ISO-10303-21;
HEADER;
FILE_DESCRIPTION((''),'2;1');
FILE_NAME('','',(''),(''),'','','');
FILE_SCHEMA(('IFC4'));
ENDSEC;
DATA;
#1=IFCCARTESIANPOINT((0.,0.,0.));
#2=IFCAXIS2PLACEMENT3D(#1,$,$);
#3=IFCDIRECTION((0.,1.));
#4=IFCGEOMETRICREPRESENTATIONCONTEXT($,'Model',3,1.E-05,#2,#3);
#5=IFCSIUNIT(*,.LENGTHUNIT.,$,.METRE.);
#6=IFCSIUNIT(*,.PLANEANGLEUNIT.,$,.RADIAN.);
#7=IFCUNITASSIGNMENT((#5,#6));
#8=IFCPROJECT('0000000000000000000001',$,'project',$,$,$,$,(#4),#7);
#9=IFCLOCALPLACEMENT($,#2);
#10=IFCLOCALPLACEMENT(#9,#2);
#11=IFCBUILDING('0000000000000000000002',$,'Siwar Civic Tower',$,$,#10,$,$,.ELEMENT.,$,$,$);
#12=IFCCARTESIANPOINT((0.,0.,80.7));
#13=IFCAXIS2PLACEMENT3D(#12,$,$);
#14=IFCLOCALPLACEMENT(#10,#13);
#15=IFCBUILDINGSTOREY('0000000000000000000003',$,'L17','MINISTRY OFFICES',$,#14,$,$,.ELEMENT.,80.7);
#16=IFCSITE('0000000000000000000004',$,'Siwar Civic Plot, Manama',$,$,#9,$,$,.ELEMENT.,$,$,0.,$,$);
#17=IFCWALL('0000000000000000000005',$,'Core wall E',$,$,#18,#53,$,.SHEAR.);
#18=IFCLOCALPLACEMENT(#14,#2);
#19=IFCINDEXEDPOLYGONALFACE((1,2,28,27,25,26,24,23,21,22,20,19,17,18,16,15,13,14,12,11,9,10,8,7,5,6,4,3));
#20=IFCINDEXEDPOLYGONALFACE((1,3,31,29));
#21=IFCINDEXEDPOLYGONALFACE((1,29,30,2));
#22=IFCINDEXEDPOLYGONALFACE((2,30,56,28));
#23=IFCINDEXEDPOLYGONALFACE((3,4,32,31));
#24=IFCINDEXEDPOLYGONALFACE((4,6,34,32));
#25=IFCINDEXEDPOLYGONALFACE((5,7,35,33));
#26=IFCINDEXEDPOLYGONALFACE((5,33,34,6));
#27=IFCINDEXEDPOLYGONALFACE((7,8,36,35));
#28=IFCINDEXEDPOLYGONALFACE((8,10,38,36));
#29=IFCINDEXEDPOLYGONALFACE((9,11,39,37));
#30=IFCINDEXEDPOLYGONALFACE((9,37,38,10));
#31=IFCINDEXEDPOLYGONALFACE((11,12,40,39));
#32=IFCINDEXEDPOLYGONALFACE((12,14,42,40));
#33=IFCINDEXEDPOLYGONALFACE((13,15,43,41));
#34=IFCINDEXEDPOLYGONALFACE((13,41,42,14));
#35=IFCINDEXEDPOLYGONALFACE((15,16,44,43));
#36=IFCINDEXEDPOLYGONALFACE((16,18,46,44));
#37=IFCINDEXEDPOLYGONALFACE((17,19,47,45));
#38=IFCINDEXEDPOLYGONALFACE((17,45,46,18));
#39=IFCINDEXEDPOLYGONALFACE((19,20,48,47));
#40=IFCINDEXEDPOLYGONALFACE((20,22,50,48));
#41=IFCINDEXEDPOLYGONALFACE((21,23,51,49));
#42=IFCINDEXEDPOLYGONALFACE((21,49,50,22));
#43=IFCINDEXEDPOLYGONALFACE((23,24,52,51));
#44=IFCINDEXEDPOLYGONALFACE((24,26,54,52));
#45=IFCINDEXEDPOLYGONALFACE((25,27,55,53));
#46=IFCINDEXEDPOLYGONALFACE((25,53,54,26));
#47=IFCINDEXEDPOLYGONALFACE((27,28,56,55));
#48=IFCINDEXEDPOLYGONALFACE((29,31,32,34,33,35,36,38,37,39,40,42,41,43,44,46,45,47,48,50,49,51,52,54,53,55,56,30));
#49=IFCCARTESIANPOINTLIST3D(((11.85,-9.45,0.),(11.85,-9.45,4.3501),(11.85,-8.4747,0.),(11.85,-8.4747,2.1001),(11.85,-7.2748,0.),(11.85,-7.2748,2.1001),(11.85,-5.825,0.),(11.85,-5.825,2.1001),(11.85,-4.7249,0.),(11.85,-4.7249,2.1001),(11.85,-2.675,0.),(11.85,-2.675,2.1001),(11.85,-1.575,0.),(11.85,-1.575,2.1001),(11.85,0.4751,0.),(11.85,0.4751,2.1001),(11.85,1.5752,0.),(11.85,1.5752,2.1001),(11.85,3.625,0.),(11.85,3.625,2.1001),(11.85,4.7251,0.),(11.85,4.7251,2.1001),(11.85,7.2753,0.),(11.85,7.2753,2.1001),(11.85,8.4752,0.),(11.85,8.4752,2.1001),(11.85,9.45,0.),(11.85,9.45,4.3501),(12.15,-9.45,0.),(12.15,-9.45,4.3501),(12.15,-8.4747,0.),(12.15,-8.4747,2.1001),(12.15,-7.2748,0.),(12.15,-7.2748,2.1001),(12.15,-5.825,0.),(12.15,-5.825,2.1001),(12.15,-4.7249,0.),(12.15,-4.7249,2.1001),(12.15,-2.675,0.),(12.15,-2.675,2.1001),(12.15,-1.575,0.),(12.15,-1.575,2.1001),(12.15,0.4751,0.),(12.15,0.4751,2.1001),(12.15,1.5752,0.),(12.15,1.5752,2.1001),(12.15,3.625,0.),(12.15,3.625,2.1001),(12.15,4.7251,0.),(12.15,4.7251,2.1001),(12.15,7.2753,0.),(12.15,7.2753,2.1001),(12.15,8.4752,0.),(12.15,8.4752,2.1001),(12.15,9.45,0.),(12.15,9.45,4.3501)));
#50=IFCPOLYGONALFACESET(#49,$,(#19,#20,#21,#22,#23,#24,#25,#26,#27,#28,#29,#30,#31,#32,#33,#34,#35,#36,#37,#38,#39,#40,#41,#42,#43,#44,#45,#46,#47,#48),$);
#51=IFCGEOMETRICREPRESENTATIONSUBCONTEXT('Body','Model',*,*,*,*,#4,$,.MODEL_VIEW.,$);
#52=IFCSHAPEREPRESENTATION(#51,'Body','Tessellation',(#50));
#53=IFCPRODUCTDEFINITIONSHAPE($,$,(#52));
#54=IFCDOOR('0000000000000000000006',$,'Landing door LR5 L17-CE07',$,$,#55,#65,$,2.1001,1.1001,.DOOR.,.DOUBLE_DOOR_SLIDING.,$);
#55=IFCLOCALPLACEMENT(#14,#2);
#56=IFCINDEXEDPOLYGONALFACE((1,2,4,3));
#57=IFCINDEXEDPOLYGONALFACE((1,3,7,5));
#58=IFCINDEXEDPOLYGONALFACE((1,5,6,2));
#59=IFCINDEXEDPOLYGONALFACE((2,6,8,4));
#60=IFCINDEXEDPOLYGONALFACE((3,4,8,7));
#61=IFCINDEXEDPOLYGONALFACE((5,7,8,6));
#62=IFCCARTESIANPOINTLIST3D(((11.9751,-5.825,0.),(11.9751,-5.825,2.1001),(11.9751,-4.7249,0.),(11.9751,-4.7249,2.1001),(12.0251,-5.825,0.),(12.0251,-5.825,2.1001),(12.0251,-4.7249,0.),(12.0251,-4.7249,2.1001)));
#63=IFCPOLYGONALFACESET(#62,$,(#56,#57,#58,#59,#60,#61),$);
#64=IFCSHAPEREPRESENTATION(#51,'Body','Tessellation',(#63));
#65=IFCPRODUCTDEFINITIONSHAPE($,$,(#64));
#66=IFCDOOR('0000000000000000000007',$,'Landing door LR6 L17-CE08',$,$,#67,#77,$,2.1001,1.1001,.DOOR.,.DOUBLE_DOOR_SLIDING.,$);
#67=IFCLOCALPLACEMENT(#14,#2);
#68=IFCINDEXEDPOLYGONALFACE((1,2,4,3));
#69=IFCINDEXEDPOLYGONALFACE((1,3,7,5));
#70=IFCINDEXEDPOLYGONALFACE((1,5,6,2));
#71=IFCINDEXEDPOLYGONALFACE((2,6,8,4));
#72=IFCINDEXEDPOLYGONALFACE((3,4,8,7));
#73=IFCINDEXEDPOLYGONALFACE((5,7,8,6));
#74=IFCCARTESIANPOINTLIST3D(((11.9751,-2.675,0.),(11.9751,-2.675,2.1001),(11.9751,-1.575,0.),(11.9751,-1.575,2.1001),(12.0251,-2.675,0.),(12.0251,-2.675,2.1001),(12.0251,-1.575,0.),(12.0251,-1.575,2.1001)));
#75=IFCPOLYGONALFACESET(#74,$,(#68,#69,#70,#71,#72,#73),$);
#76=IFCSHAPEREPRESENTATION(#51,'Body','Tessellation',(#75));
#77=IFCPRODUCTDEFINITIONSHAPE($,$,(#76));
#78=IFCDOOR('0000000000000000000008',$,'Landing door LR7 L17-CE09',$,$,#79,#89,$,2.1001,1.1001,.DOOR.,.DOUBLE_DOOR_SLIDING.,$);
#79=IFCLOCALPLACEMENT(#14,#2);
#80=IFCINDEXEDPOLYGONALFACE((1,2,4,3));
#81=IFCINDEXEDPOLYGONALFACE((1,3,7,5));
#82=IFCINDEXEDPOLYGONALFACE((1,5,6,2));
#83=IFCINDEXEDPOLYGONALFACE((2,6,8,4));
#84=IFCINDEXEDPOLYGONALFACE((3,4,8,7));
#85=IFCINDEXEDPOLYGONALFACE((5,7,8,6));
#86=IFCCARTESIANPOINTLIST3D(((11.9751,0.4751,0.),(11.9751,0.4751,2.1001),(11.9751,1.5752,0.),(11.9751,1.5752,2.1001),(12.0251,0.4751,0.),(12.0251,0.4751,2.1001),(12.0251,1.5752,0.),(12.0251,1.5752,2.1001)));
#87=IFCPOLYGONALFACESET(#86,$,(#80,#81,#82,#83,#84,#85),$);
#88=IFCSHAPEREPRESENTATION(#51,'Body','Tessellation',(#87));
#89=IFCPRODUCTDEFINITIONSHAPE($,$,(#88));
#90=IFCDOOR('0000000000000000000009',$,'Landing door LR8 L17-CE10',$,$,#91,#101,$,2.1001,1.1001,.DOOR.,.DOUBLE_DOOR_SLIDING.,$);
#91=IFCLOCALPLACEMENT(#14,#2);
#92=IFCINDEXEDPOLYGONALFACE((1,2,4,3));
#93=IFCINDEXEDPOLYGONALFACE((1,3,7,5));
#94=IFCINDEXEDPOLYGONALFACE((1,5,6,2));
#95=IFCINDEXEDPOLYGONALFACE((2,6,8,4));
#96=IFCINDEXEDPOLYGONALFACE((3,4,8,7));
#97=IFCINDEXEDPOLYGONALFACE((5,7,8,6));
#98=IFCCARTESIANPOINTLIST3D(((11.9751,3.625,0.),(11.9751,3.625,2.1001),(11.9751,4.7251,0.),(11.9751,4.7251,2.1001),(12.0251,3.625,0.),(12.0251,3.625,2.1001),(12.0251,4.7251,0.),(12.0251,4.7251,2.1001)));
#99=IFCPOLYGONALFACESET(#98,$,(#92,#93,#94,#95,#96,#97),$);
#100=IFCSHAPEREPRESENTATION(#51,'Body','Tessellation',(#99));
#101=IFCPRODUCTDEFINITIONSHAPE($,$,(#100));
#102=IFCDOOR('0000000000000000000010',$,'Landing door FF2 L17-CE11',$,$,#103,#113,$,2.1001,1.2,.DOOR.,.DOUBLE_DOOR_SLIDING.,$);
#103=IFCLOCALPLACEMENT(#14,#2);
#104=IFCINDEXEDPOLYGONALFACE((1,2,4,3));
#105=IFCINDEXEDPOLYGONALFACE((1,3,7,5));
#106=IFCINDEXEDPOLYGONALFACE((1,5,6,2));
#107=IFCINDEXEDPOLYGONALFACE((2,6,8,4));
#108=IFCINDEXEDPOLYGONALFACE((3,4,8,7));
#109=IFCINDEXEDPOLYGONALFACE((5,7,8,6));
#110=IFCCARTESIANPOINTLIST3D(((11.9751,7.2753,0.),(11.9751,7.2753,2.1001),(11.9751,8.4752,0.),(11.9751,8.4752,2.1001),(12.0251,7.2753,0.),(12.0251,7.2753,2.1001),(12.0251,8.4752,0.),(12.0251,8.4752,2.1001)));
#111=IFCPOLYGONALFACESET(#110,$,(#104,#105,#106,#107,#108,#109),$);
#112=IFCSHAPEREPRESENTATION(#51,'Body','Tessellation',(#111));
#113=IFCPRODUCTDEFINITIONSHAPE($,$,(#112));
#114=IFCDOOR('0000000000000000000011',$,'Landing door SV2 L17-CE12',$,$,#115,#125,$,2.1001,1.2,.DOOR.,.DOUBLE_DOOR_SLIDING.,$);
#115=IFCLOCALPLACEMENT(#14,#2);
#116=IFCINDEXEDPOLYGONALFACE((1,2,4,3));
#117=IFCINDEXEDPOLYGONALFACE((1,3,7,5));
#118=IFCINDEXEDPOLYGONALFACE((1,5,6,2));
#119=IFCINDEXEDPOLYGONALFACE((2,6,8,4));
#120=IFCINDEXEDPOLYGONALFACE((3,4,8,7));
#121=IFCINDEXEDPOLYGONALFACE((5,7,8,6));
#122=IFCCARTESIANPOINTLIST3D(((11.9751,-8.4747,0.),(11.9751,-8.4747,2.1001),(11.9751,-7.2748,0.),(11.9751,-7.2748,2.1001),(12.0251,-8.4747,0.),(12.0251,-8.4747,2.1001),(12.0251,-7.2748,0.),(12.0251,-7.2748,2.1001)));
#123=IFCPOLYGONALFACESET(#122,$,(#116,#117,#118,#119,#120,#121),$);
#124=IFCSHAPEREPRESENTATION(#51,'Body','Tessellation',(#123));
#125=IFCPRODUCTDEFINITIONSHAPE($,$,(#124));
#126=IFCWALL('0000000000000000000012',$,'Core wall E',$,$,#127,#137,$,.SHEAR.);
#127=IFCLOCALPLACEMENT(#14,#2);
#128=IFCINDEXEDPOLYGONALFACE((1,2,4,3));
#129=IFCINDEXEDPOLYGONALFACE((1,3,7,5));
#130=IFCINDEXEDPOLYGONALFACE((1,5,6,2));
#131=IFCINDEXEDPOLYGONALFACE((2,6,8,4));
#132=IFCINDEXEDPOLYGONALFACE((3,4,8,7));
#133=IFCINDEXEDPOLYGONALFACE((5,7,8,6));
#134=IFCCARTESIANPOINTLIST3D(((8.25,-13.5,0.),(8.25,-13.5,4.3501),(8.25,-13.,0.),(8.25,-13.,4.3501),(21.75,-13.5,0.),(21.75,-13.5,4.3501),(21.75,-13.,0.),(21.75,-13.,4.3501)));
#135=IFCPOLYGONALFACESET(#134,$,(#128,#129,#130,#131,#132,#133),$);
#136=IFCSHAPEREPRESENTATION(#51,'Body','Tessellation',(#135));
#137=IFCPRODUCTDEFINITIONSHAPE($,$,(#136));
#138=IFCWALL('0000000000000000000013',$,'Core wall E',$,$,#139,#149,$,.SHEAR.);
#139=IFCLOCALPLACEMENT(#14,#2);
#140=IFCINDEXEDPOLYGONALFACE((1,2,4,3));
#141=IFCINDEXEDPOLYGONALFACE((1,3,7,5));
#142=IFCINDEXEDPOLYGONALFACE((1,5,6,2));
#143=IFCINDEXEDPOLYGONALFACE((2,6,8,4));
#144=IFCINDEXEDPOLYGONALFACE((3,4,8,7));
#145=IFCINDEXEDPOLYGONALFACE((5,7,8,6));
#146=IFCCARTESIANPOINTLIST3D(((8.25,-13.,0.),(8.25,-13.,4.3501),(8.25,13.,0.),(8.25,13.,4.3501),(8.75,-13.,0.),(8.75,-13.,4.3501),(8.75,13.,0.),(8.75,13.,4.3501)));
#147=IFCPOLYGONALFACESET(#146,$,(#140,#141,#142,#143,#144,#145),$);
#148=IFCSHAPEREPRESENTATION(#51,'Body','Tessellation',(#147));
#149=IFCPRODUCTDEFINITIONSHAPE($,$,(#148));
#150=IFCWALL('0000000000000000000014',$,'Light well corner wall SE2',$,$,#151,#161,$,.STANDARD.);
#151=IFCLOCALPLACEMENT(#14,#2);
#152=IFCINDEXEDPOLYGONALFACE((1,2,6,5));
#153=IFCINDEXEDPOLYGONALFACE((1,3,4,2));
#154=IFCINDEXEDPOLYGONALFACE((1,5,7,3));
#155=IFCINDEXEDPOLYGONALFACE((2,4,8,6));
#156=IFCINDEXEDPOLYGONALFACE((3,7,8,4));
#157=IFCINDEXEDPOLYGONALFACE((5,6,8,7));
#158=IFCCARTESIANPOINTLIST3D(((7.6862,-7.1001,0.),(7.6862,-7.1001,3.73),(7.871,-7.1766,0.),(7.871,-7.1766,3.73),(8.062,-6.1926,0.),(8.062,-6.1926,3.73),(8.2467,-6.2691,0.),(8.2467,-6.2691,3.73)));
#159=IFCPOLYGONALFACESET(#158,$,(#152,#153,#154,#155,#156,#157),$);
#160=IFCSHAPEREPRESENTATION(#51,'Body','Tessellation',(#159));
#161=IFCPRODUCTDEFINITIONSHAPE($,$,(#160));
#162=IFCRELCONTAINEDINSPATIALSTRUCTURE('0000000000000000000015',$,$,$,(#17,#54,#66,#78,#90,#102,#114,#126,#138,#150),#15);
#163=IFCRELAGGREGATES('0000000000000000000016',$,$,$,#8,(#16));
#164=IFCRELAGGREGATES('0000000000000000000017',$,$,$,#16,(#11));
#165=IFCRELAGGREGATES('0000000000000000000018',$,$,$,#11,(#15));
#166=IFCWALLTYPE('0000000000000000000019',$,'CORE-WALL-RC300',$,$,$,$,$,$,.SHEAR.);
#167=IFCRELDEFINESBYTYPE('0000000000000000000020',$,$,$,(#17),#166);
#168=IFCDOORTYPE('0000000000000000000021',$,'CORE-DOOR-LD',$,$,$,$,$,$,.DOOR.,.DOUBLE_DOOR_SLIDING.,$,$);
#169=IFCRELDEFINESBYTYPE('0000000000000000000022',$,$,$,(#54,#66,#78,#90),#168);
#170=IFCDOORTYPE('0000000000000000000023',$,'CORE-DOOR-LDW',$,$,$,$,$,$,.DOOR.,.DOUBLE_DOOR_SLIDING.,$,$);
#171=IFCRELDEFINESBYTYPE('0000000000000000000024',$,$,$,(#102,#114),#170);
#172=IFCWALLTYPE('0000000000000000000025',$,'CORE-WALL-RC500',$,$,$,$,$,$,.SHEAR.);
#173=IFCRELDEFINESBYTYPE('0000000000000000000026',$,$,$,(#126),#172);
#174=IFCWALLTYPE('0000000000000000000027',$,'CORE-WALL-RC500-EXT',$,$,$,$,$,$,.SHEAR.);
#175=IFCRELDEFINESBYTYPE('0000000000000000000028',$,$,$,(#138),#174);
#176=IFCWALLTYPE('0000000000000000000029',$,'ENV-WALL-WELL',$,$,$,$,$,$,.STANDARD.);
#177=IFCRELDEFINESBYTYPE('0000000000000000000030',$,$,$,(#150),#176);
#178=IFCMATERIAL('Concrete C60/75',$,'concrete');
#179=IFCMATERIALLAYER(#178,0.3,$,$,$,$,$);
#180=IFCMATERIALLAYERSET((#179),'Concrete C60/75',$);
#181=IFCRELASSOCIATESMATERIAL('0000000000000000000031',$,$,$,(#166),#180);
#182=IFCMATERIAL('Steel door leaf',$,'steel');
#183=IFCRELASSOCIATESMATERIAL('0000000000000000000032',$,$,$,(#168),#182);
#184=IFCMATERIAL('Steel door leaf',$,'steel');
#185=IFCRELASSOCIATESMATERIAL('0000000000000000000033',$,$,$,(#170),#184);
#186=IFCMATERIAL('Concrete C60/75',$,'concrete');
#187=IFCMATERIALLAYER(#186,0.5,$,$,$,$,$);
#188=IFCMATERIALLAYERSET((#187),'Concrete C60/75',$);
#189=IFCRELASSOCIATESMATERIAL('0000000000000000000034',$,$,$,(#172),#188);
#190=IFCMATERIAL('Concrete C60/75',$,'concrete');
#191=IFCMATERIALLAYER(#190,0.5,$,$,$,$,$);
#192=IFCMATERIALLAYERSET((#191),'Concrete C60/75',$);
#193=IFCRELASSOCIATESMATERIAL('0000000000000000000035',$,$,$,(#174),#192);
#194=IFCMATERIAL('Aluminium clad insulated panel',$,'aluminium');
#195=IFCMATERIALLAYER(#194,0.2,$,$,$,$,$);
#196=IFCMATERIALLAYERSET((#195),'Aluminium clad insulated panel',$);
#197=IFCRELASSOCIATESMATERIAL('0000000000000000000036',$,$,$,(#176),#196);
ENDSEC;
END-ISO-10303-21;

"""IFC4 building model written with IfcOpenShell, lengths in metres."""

from ifc_helpers import new_model, si_unit, direction, frame, frame_2d, origin, place, context, subcontext, project, spatial, rectangle, extrude, material, layer, layer_set, type_object, element, fill, save


model = new_model("IFC4")

# Units and contexts
model_context = context("Model", 3, precision=1e-05, world=origin(), true_north=direction((0.0, 1.0)))
body_context = subcontext(model_context, "Body", "Model", "MODEL_VIEW")
ifc_project = project(units=[si_unit("LENGTHUNIT", "METRE"), si_unit("PLANEANGLEUNIT", "RADIAN")], contexts=[model_context])

# Site, building, storey
site_placement = place(None, origin())
site = spatial("IfcSite", under=ifc_project, at=site_placement, Name="Siwar Civic Plot, Manama", CompositionType="ELEMENT", RefElevation=0.0)
building_placement = place(site_placement, origin())
building = spatial("IfcBuilding", under=site, at=building_placement, Name="Siwar Civic Tower", CompositionType="ELEMENT")
storey_placement = place(building_placement, frame((0.0, 0.0, 80.7)))
storey = spatial("IfcBuildingStorey", under=building, at=storey_placement, Name="L17", Description="MINISTRY OFFICES", CompositionType="ELEMENT", Elevation=80.7)

# Wall, openings, doors
ifc_material_1 = material(Name="Concrete C60/75", Category="concrete")
ifc_layer_1 = layer(ifc_material_1, 0.3)
ifc_layer_set_1 = layer_set([ifc_layer_1], Name="Concrete C60/75")
wall_type_1 = type_object("IfcWallType", Name="CORE-WALL-RC300", PredefinedType="SHEAR", material=ifc_layer_set_1)
wall_1_placement = place(storey_placement, frame((12.0, -9.45, 0.0), z_axis=(0.0, 0.0, 1.0), x_axis=(0.0, 1.0, 0.0)))
wall_1 = element("IfcWall", 1, at=wall_1_placement, inside=storey, type_object=wall_type_1, Name="Core wall E", PredefinedType="SHEAR", context=body_context, shape_type="SweptSolid", body=[
    extrude(rectangle(XDim=18.8999, YDim=0.3, at=frame_2d((9.45, 0.0))), origin(), (0.0, 0.0, 1.0), 4.3501),
])
opening_1_placement = place(wall_1_placement, frame((3.625, 0.0, 0.0)))
opening_1 = element("IfcOpeningElement", 2, at=opening_1_placement, cuts=wall_1, PredefinedType="OPENING", context=body_context, shape_type="SweptSolid", body=[
    extrude(rectangle(XDim=1.1001, YDim=2.1001, at=frame_2d((0.55, 1.05))), frame((0.0, 0.1602, 0.0), z_axis=(0.0, -1.0, 0.0), x_axis=(1.0, 0.0, 0.0)), (0.0, 0.0, 1.0), 0.3201),
])
opening_2_placement = place(wall_1_placement, frame((6.7749, 0.0, 0.0)))
opening_2 = element("IfcOpeningElement", 3, at=opening_2_placement, cuts=wall_1, PredefinedType="OPENING", context=body_context, shape_type="SweptSolid", body=[
    extrude(rectangle(XDim=1.1001, YDim=2.1001, at=frame_2d((0.55, 1.05))), frame((0.0, 0.1602, 0.0), z_axis=(0.0, -1.0, 0.0), x_axis=(1.0, 0.0, 0.0)), (0.0, 0.0, 1.0), 0.3201),
])
opening_3_placement = place(wall_1_placement, frame((9.925, 0.0, 0.0)))
opening_3 = element("IfcOpeningElement", 4, at=opening_3_placement, cuts=wall_1, PredefinedType="OPENING", context=body_context, shape_type="SweptSolid", body=[
    extrude(rectangle(XDim=1.1001, YDim=2.1001, at=frame_2d((0.55, 1.05))), frame((0.0, 0.1602, 0.0), z_axis=(0.0, -1.0, 0.0), x_axis=(1.0, 0.0, 0.0)), (0.0, 0.0, 1.0), 0.3201),
])
opening_4_placement = place(wall_1_placement, frame((13.075, 0.0, 0.0)))
opening_4 = element("IfcOpeningElement", 5, at=opening_4_placement, cuts=wall_1, PredefinedType="OPENING", context=body_context, shape_type="SweptSolid", body=[
    extrude(rectangle(XDim=1.1001, YDim=2.1001, at=frame_2d((0.55, 1.05))), frame((0.0, 0.1602, 0.0), z_axis=(0.0, -1.0, 0.0), x_axis=(1.0, 0.0, 0.0)), (0.0, 0.0, 1.0), 0.3201),
])
opening_5_placement = place(wall_1_placement, frame((16.7251, 0.0, 0.0)))
opening_5 = element("IfcOpeningElement", 6, at=opening_5_placement, cuts=wall_1, PredefinedType="OPENING", context=body_context, shape_type="SweptSolid", body=[
    extrude(rectangle(XDim=1.2, YDim=2.1001, at=frame_2d((0.6001, 1.05))), frame((0.0, 0.1602, 0.0), z_axis=(0.0, -1.0, 0.0), x_axis=(1.0, 0.0, 0.0)), (0.0, 0.0, 1.0), 0.3201),
])
opening_6_placement = place(wall_1_placement, frame((0.9751, 0.0, 0.0)))
opening_6 = element("IfcOpeningElement", 7, at=opening_6_placement, cuts=wall_1, PredefinedType="OPENING", context=body_context, shape_type="SweptSolid", body=[
    extrude(rectangle(XDim=1.2, YDim=2.1001, at=frame_2d((0.6001, 1.05))), frame((0.0, 0.1602, 0.0), z_axis=(0.0, -1.0, 0.0), x_axis=(1.0, 0.0, 0.0)), (0.0, 0.0, 1.0), 0.3201),
])
ifc_material_2 = material(Name="Steel door leaf", Category="steel")
door_type_1 = type_object("IfcDoorType", Name="CORE-DOOR-LD", OperationType="DOUBLE_DOOR_SLIDING", PredefinedType="DOOR", material=ifc_material_2)
door_1_placement = place(opening_1_placement, origin())
door_1 = element("IfcDoor", 8, at=door_1_placement, inside=storey, type_object=door_type_1, Name="Landing door LR5 L17-CE07", OperationType="DOUBLE_DOOR_SLIDING", OverallHeight=2.1001, OverallWidth=1.1001, PredefinedType="DOOR", context=body_context, shape_type="SweptSolid", body=[
    extrude(rectangle(XDim=1.1001, YDim=2.1001, at=frame_2d((0.55, 1.05))), frame((0.0, 0.0249, 0.0), z_axis=(0.0, -1.0, 0.0), x_axis=(1.0, 0.0, 0.0)), (0.0, 0.0, 1.0), 0.05),
])
fill(opening_1, door_1)
door_2_placement = place(opening_2_placement, origin())
door_2 = element("IfcDoor", 9, at=door_2_placement, inside=storey, type_object=door_type_1, Name="Landing door LR6 L17-CE08", OperationType="DOUBLE_DOOR_SLIDING", OverallHeight=2.1001, OverallWidth=1.1001, PredefinedType="DOOR", context=body_context, shape_type="SweptSolid", body=[
    extrude(rectangle(XDim=1.1001, YDim=2.1001, at=frame_2d((0.55, 1.05))), frame((0.0, 0.0249, 0.0), z_axis=(0.0, -1.0, 0.0), x_axis=(1.0, 0.0, 0.0)), (0.0, 0.0, 1.0), 0.05),
])
fill(opening_2, door_2)
door_3_placement = place(opening_3_placement, origin())
door_3 = element("IfcDoor", 10, at=door_3_placement, inside=storey, type_object=door_type_1, Name="Landing door LR7 L17-CE09", OperationType="DOUBLE_DOOR_SLIDING", OverallHeight=2.1001, OverallWidth=1.1001, PredefinedType="DOOR", context=body_context, shape_type="SweptSolid", body=[
    extrude(rectangle(XDim=1.1001, YDim=2.1001, at=frame_2d((0.55, 1.05))), frame((0.0, 0.0249, 0.0), z_axis=(0.0, -1.0, 0.0), x_axis=(1.0, 0.0, 0.0)), (0.0, 0.0, 1.0), 0.05),
])
fill(opening_3, door_3)
door_4_placement = place(opening_4_placement, origin())
door_4 = element("IfcDoor", 11, at=door_4_placement, inside=storey, type_object=door_type_1, Name="Landing door LR8 L17-CE10", OperationType="DOUBLE_DOOR_SLIDING", OverallHeight=2.1001, OverallWidth=1.1001, PredefinedType="DOOR", context=body_context, shape_type="SweptSolid", body=[
    extrude(rectangle(XDim=1.1001, YDim=2.1001, at=frame_2d((0.55, 1.05))), frame((0.0, 0.0249, 0.0), z_axis=(0.0, -1.0, 0.0), x_axis=(1.0, 0.0, 0.0)), (0.0, 0.0, 1.0), 0.05),
])
fill(opening_4, door_4)
ifc_material_3 = material(Name="Steel door leaf", Category="steel")
door_type_2 = type_object("IfcDoorType", Name="CORE-DOOR-LDW", OperationType="DOUBLE_DOOR_SLIDING", PredefinedType="DOOR", material=ifc_material_3)
door_5_placement = place(opening_5_placement, origin())
door_5 = element("IfcDoor", 12, at=door_5_placement, inside=storey, type_object=door_type_2, Name="Landing door FF2 L17-CE11", OperationType="DOUBLE_DOOR_SLIDING", OverallHeight=2.1001, OverallWidth=1.2, PredefinedType="DOOR", context=body_context, shape_type="SweptSolid", body=[
    extrude(rectangle(XDim=1.2, YDim=2.1001, at=frame_2d((0.6001, 1.05))), frame((0.0, 0.0249, 0.0), z_axis=(0.0, -1.0, 0.0), x_axis=(1.0, 0.0, 0.0)), (0.0, 0.0, 1.0), 0.05),
])
fill(opening_5, door_5)
door_6_placement = place(opening_6_placement, origin())
door_6 = element("IfcDoor", 13, at=door_6_placement, inside=storey, type_object=door_type_2, Name="Landing door SV2 L17-CE12", OperationType="DOUBLE_DOOR_SLIDING", OverallHeight=2.1001, OverallWidth=1.2, PredefinedType="DOOR", context=body_context, shape_type="SweptSolid", body=[
    extrude(rectangle(XDim=1.2, YDim=2.1001, at=frame_2d((0.6001, 1.05))), frame((0.0, 0.0249, 0.0), z_axis=(0.0, -1.0, 0.0), x_axis=(1.0, 0.0, 0.0)), (0.0, 0.0, 1.0), 0.05),
])
fill(opening_6, door_6)

# Walls
ifc_material_4 = material(Name="Concrete C60/75", Category="concrete")
ifc_layer_2 = layer(ifc_material_4, 0.5)
ifc_layer_set_2 = layer_set([ifc_layer_2], Name="Concrete C60/75")
wall_type_2 = type_object("IfcWallType", Name="CORE-WALL-RC500", PredefinedType="SHEAR", material=ifc_layer_set_2)
wall_2_placement = place(storey_placement, frame((8.25, -13.25, 0.0), z_axis=(0.0, 0.0, 1.0), x_axis=(1.0, 0.0, 0.0)))
element("IfcWall", 14, at=wall_2_placement, inside=storey, type_object=wall_type_2, Name="Core wall E", PredefinedType="SHEAR", context=body_context, shape_type="SweptSolid", body=[
    extrude(rectangle(XDim=13.5, YDim=0.5, at=frame_2d((6.75, 0.0))), origin(), (0.0, 0.0, 1.0), 4.3501),
])
ifc_material_5 = material(Name="Concrete C60/75", Category="concrete")
ifc_layer_3 = layer(ifc_material_5, 0.5)
ifc_layer_set_3 = layer_set([ifc_layer_3], Name="Concrete C60/75")
wall_type_3 = type_object("IfcWallType", Name="CORE-WALL-RC500-EXT", PredefinedType="SHEAR", material=ifc_layer_set_3)
wall_3_placement = place(storey_placement, frame((8.5, -13.0, 0.0), z_axis=(0.0, 0.0, 1.0), x_axis=(0.0, 1.0, 0.0)))
element("IfcWall", 15, at=wall_3_placement, inside=storey, type_object=wall_type_3, Name="Core wall E", PredefinedType="SHEAR", context=body_context, shape_type="SweptSolid", body=[
    extrude(rectangle(XDim=26.0, YDim=0.5, at=frame_2d((13.0, 0.0))), origin(), (0.0, 0.0, 1.0), 4.3501),
])
ifc_material_6 = material(Name="Aluminium clad insulated panel", Category="aluminium")
ifc_layer_4 = layer(ifc_material_6, 0.2)
ifc_layer_set_4 = layer_set([ifc_layer_4], Name="Aluminium clad insulated panel")
wall_type_4 = type_object("IfcWallType", Name="ENV-WALL-WELL", PredefinedType="STANDARD", material=ifc_layer_set_4)
wall_4_placement = place(storey_placement, frame((7.7786, -7.1384, 0.0), z_axis=(0.0, 0.0, 1.0), x_axis=(0.382549, 0.923935, 0.0)))
element("IfcWall", 16, at=wall_4_placement, inside=storey, type_object=wall_type_4, Name="Light well corner wall SE2", PredefinedType="STANDARD", context=body_context, shape_type="SweptSolid", body=[
    extrude(rectangle(XDim=0.9822, YDim=0.2, at=frame_2d((0.4912, 0.0))), origin(), (0.0, 0.0, 1.0), 3.73),
])

save(model, "model.ifc")
